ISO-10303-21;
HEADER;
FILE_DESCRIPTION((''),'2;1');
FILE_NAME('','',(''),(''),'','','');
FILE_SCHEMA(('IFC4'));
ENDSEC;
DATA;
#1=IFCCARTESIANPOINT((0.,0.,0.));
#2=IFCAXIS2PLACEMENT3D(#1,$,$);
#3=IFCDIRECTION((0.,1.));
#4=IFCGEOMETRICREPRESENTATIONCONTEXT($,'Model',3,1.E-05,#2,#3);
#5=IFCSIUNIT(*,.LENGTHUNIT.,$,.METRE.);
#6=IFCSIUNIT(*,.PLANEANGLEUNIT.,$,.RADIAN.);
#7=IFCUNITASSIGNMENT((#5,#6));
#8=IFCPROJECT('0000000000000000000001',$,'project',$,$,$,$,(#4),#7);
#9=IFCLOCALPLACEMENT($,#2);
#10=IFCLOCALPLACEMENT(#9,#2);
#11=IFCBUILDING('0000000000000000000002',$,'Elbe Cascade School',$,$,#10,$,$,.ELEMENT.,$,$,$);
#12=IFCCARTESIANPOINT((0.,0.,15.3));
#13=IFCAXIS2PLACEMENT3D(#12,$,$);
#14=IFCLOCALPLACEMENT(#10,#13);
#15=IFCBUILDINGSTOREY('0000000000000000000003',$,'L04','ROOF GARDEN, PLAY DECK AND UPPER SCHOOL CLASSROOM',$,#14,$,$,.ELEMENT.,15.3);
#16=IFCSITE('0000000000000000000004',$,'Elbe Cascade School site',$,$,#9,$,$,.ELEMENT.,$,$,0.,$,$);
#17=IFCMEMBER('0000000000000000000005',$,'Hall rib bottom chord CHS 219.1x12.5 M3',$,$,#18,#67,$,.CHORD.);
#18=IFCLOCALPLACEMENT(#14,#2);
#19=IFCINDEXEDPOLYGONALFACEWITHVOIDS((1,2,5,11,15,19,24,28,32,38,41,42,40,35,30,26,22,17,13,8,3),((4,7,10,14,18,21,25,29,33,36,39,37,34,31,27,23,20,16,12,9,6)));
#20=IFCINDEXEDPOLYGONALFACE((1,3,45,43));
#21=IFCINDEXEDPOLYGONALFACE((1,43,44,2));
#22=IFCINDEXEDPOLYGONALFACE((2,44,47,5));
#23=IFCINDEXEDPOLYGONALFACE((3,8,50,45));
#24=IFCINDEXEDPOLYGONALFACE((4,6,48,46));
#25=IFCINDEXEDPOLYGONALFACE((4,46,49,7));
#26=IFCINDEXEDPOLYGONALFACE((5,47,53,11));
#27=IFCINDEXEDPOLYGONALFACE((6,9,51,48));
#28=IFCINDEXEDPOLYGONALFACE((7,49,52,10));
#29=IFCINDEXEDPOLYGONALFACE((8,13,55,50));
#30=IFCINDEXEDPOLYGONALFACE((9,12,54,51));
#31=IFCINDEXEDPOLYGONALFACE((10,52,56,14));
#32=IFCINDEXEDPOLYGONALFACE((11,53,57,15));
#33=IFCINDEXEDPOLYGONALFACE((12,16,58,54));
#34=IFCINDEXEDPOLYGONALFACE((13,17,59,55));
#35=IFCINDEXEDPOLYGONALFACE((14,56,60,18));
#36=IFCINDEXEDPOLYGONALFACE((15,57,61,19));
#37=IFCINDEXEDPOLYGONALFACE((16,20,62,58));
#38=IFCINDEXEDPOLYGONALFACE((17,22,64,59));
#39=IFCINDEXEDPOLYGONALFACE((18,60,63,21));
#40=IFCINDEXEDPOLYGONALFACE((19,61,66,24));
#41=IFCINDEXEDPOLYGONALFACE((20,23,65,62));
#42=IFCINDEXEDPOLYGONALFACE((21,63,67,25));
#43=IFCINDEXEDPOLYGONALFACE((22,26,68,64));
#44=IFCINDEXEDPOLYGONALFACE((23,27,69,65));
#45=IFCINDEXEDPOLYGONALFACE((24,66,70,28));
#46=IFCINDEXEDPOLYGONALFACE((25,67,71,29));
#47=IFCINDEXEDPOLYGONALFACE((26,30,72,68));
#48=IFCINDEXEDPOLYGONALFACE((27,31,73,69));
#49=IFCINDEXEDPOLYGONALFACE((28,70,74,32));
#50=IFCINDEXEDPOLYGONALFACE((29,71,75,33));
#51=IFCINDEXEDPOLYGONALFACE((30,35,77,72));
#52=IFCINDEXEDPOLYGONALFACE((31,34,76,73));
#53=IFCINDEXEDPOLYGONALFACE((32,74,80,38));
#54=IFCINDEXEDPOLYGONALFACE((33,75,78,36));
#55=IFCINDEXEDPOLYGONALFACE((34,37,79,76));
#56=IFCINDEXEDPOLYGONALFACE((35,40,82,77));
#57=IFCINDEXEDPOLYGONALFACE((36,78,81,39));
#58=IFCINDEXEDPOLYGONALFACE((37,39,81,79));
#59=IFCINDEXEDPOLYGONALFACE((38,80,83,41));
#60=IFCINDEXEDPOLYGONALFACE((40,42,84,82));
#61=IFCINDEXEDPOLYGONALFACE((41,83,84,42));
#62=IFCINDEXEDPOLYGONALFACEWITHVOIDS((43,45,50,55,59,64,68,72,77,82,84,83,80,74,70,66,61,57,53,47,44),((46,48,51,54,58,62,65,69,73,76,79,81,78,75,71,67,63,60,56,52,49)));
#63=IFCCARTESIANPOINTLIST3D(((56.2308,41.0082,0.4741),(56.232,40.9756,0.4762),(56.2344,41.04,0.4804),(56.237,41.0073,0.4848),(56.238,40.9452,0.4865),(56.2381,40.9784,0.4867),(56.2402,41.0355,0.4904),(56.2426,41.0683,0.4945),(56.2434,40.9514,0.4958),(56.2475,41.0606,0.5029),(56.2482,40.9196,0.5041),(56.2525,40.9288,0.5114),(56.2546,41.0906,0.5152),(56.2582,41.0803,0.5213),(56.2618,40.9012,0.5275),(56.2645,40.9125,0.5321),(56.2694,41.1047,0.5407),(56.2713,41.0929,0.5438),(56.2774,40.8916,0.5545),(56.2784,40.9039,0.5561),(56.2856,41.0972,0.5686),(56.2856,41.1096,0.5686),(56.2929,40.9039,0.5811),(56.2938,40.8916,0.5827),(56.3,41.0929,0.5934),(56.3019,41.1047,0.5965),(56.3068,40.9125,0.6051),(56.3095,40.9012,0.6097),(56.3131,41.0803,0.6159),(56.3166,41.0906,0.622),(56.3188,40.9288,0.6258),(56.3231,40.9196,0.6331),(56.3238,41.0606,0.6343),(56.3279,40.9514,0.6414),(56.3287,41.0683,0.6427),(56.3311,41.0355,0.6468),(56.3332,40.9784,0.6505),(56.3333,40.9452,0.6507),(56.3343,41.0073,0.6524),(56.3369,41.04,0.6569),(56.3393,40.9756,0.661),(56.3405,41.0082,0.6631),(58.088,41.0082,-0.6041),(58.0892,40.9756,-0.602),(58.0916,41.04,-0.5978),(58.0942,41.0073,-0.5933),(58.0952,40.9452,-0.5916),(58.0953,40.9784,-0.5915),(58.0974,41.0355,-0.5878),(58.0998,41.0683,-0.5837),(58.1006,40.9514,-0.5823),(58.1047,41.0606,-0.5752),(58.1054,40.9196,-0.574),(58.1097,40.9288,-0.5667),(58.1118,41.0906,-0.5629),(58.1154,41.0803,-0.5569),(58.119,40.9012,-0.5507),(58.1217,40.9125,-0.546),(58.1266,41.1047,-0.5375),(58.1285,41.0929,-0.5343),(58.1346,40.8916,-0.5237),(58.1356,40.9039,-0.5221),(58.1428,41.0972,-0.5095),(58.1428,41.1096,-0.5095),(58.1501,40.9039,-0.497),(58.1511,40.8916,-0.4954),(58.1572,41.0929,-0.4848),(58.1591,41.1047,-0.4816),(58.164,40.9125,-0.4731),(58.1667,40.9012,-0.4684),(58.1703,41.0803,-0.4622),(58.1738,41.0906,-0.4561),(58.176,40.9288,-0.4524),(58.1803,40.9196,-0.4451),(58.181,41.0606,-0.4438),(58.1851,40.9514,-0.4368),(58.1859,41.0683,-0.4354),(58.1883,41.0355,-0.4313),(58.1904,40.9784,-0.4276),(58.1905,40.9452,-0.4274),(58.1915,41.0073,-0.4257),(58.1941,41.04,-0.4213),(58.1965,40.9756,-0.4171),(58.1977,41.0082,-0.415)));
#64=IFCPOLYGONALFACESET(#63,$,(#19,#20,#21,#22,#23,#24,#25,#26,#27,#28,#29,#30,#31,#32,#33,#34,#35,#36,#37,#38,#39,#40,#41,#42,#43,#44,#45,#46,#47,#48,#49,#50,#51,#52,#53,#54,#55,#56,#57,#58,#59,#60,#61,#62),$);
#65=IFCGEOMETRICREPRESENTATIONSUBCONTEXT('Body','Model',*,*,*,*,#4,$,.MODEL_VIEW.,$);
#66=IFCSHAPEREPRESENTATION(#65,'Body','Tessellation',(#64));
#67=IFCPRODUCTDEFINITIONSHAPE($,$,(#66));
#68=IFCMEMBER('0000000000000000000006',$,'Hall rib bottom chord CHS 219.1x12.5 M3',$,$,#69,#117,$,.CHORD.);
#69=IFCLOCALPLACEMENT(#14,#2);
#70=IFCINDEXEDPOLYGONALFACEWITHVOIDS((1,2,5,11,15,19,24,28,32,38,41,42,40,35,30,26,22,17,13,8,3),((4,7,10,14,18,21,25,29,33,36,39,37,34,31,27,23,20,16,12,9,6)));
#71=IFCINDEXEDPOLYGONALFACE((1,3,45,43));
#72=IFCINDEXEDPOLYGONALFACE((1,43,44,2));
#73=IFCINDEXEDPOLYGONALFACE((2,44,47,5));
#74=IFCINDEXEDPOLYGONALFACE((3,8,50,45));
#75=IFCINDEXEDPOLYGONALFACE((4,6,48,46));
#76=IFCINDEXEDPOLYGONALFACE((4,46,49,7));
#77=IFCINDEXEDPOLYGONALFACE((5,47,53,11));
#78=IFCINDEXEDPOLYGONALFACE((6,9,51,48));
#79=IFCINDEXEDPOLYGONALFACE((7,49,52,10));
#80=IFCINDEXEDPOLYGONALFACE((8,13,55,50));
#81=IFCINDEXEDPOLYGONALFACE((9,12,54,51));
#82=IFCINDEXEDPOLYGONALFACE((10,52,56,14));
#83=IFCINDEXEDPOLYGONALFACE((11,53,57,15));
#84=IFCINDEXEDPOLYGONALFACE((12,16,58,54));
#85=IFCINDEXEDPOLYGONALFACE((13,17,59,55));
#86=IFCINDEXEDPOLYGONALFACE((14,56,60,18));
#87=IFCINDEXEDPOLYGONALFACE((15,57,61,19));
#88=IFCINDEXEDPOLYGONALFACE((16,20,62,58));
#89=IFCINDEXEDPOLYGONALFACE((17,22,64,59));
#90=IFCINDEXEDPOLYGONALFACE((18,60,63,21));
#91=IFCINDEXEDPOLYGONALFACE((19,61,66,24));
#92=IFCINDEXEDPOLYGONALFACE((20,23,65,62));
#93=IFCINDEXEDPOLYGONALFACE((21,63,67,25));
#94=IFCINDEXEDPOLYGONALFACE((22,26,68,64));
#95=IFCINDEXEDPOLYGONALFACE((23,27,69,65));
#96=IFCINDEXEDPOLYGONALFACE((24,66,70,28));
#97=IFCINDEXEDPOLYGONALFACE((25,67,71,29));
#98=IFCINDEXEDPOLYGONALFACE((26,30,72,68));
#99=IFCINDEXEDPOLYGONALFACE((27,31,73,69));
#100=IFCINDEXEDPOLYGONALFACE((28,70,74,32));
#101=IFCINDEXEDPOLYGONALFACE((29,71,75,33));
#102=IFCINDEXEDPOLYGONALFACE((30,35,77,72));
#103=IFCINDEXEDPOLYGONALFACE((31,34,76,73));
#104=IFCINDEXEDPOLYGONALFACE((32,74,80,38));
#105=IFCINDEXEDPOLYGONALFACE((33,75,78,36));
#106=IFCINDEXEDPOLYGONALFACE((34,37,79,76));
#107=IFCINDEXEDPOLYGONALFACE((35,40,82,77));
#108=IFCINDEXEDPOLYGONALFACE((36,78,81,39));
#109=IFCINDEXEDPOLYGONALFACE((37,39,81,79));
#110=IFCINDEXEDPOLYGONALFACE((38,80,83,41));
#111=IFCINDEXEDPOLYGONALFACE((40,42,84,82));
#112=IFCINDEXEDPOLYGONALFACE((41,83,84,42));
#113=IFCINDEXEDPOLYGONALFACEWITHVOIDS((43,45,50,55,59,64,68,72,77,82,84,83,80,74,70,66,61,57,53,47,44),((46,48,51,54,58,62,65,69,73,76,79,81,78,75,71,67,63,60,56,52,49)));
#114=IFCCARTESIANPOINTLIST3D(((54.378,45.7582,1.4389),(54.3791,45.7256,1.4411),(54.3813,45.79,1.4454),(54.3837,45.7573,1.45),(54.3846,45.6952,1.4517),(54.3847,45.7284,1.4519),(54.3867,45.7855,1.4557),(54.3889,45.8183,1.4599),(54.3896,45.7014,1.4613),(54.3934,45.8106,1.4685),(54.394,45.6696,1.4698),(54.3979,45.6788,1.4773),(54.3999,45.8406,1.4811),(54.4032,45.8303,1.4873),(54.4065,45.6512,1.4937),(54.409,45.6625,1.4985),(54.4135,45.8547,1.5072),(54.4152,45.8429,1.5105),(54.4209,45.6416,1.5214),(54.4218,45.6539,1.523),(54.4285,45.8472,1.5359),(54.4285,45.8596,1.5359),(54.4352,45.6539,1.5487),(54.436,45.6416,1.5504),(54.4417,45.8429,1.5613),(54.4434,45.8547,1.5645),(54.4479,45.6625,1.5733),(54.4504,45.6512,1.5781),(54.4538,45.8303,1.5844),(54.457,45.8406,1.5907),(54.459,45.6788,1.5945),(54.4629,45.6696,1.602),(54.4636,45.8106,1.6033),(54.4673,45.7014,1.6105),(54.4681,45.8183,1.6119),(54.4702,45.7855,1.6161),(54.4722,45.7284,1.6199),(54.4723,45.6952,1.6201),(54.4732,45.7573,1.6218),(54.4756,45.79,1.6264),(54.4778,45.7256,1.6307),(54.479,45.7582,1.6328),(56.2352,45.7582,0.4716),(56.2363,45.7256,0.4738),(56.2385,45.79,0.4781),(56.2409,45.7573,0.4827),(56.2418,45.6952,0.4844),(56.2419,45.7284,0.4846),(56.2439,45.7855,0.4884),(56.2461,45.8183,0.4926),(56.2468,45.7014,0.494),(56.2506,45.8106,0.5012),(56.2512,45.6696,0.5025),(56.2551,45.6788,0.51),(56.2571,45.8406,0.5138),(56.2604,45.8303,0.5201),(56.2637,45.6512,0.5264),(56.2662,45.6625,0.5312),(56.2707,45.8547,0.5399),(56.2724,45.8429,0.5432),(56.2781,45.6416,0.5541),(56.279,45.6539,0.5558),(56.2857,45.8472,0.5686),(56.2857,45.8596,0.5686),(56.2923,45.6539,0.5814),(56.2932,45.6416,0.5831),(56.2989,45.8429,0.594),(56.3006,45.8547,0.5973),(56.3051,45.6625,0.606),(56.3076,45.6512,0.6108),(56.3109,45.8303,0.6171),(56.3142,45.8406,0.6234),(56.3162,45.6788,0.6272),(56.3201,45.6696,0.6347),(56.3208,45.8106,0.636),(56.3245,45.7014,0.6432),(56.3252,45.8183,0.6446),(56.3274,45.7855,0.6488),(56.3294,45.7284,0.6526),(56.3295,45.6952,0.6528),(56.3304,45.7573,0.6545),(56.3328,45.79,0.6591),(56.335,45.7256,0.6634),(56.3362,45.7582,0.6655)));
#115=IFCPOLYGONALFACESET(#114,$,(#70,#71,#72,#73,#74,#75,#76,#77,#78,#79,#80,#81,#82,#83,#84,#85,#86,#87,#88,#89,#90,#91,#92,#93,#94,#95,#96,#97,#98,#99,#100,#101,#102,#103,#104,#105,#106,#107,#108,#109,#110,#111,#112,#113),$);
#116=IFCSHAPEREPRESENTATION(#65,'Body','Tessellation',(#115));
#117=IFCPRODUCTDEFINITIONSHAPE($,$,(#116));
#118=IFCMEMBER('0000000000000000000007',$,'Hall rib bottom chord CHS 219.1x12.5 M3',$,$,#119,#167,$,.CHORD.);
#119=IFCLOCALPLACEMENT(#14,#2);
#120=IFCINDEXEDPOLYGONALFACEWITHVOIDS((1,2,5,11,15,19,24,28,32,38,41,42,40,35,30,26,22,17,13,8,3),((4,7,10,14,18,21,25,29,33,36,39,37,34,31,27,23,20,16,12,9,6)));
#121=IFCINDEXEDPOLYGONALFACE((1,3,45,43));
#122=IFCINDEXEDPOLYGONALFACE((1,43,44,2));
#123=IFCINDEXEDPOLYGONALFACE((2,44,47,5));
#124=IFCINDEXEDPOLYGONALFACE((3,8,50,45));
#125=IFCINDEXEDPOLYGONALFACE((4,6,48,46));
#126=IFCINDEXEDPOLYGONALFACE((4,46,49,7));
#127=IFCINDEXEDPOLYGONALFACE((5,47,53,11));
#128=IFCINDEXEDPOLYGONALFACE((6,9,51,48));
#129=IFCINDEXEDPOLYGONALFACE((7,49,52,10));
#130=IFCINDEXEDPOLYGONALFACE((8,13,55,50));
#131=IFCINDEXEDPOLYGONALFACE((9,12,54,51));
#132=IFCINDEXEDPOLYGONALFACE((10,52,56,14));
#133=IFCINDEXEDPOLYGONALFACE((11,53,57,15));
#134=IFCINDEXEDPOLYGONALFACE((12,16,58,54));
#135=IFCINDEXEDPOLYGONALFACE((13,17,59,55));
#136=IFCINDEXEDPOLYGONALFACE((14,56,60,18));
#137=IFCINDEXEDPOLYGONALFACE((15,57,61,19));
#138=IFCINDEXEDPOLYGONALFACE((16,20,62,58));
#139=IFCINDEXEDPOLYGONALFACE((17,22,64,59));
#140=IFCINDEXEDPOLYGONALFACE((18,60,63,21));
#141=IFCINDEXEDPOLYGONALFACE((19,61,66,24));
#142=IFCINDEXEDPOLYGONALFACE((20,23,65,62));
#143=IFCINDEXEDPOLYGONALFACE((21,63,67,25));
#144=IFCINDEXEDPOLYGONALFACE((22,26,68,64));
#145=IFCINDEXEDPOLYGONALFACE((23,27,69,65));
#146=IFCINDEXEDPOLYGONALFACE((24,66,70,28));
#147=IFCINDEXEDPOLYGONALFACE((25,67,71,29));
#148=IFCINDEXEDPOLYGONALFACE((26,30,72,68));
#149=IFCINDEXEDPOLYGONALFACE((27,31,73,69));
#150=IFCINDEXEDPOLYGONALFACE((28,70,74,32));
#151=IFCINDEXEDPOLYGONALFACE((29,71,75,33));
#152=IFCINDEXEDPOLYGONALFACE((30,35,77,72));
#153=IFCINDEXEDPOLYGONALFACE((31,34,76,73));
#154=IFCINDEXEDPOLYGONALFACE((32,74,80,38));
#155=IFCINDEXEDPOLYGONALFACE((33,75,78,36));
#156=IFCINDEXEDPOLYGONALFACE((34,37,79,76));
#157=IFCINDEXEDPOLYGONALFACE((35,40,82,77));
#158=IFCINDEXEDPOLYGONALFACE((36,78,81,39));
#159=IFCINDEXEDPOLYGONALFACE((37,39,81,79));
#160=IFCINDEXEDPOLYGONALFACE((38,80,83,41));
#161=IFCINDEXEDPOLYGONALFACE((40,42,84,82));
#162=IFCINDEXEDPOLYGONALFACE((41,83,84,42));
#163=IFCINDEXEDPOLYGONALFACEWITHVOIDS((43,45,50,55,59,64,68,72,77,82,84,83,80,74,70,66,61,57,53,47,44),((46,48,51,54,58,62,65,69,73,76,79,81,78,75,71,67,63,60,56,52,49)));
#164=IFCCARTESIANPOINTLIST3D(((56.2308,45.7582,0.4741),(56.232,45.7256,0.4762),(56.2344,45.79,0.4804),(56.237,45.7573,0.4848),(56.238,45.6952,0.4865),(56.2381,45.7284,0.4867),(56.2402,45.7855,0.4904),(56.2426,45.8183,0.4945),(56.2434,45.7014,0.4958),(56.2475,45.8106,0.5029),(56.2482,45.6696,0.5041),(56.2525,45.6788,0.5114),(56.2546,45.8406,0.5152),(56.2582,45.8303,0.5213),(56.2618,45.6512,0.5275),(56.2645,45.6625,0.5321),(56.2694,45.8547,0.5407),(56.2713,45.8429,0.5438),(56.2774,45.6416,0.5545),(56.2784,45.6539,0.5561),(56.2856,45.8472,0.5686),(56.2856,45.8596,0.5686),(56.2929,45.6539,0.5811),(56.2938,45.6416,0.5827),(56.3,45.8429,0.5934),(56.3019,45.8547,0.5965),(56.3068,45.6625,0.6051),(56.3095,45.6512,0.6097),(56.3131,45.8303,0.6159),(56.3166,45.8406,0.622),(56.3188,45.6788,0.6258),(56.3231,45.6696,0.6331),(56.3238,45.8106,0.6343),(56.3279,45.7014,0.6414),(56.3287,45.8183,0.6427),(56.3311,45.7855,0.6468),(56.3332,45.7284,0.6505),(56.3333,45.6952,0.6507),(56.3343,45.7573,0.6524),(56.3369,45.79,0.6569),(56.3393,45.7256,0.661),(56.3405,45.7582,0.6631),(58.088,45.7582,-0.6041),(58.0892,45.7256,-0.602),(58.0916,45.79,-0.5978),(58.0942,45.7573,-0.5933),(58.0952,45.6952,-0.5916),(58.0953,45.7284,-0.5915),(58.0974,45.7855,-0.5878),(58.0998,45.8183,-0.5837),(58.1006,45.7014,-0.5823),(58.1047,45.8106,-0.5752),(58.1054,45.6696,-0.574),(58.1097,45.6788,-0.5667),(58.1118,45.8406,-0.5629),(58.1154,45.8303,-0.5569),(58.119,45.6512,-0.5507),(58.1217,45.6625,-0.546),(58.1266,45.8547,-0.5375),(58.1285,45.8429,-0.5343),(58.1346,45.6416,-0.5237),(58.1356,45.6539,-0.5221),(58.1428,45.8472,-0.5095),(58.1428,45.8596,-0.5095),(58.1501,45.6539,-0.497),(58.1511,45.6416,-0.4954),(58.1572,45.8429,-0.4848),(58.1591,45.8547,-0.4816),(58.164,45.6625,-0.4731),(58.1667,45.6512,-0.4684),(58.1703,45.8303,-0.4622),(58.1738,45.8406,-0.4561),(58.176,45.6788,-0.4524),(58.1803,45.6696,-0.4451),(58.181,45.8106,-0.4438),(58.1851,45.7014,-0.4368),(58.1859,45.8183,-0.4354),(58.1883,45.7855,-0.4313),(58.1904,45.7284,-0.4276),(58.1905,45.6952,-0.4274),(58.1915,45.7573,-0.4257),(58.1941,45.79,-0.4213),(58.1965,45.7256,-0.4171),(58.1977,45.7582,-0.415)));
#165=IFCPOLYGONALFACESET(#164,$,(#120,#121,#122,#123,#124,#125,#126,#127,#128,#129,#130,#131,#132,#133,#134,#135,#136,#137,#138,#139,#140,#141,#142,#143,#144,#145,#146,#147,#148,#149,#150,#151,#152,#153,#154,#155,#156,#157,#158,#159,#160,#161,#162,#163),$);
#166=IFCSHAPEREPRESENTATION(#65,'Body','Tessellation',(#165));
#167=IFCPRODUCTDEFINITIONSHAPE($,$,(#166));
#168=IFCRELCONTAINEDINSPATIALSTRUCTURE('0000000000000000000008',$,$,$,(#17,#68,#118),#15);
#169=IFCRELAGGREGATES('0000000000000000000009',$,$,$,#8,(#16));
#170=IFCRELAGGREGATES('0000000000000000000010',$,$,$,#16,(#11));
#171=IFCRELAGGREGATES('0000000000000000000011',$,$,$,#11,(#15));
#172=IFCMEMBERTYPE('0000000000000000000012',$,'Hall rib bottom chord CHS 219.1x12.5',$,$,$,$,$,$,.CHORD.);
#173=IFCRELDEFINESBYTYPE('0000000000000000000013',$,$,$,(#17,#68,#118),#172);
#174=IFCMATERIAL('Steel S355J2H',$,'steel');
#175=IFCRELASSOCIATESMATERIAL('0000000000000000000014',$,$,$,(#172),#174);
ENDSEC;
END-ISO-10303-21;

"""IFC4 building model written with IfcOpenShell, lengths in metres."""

from ifc_helpers import new_model, si_unit, direction, frame, origin, origin_2d, place, context, subcontext, project, spatial, hollow_circle, extrude, material, material_profile, profile_set, type_object, element, save


model = new_model("IFC4")

# Units and contexts
model_context = context("Model", 3, precision=1e-05, world=origin(), true_north=direction((0.0, 1.0)))
body_context = subcontext(model_context, "Body", "Model", "MODEL_VIEW")
ifc_project = project(units=[si_unit("LENGTHUNIT", "METRE"), si_unit("PLANEANGLEUNIT", "RADIAN")], contexts=[model_context])

# Site, building, storey
site_placement = place(None, origin())
site = spatial("IfcSite", under=ifc_project, at=site_placement, Name="Elbe Cascade School site", CompositionType="ELEMENT", RefElevation=0.0)
building_placement = place(site_placement, origin())
building = spatial("IfcBuilding", under=site, at=building_placement, Name="Elbe Cascade School", CompositionType="ELEMENT")
storey_placement = place(building_placement, frame((0.0, 0.0, 15.3)))
storey = spatial("IfcBuildingStorey", under=building, at=storey_placement, Name="L04", Description="ROOF GARDEN, PLAY DECK AND UPPER SCHOOL CLASSROOM", CompositionType="ELEMENT", Elevation=15.3)

# Members
ifc_material_1 = material(Name="Steel S355J2H", Category="steel")
ifc_material_profile_1 = material_profile(ifc_material_1, hollow_circle(Radius=0.1096, WallThickness=0.0125, at=origin_2d()), Name="CHS 219.1x12.5")
ifc_profile_set_1 = profile_set([ifc_material_profile_1], Name="Steel S355J2H")
member_type_1 = type_object("IfcMemberType", Name="Hall rib bottom chord CHS 219.1x12.5", PredefinedType="CHORD", material=ifc_profile_set_1)
member_1_placement = place(storey_placement, frame((56.2856, 41.0, 0.5686), z_axis=(0.864837, 0.0, -0.502053), x_axis=(0.0, 1.0, 0.0)))
element("IfcMember", 1, at=member_1_placement, inside=storey, type_object=member_type_1, Name="Hall rib bottom chord CHS 219.1x12.5 M3", PredefinedType="CHORD", context=body_context, shape_type="SweptSolid", body=[
    extrude(hollow_circle(Radius=0.1096, WallThickness=0.0125, at=origin_2d()), origin(), (0.0, 0.0, 1.0), 2.1475),
])
member_2_placement = place(storey_placement, frame((54.4285, 45.75, 1.5359), z_axis=(0.886913, 0.0, -0.461936), x_axis=(0.0, 1.0, 0.0)))
element("IfcMember", 2, at=member_2_placement, inside=storey, type_object=member_type_1, Name="Hall rib bottom chord CHS 219.1x12.5 M3", PredefinedType="CHORD", context=body_context, shape_type="SweptSolid", body=[
    extrude(hollow_circle(Radius=0.1096, WallThickness=0.0125, at=origin_2d()), origin(), (0.0, 0.0, 1.0), 2.094),
])
member_3_placement = place(storey_placement, frame((56.2856, 45.75, 0.5686), z_axis=(0.864837, 0.0, -0.502053), x_axis=(0.0, 1.0, 0.0)))
element("IfcMember", 3, at=member_3_placement, inside=storey, type_object=member_type_1, Name="Hall rib bottom chord CHS 219.1x12.5 M3", PredefinedType="CHORD", context=body_context, shape_type="SweptSolid", body=[
    extrude(hollow_circle(Radius=0.1096, WallThickness=0.0125, at=origin_2d()), origin(), (0.0, 0.0, 1.0), 2.1475),
])

save(model, "model.ifc")
